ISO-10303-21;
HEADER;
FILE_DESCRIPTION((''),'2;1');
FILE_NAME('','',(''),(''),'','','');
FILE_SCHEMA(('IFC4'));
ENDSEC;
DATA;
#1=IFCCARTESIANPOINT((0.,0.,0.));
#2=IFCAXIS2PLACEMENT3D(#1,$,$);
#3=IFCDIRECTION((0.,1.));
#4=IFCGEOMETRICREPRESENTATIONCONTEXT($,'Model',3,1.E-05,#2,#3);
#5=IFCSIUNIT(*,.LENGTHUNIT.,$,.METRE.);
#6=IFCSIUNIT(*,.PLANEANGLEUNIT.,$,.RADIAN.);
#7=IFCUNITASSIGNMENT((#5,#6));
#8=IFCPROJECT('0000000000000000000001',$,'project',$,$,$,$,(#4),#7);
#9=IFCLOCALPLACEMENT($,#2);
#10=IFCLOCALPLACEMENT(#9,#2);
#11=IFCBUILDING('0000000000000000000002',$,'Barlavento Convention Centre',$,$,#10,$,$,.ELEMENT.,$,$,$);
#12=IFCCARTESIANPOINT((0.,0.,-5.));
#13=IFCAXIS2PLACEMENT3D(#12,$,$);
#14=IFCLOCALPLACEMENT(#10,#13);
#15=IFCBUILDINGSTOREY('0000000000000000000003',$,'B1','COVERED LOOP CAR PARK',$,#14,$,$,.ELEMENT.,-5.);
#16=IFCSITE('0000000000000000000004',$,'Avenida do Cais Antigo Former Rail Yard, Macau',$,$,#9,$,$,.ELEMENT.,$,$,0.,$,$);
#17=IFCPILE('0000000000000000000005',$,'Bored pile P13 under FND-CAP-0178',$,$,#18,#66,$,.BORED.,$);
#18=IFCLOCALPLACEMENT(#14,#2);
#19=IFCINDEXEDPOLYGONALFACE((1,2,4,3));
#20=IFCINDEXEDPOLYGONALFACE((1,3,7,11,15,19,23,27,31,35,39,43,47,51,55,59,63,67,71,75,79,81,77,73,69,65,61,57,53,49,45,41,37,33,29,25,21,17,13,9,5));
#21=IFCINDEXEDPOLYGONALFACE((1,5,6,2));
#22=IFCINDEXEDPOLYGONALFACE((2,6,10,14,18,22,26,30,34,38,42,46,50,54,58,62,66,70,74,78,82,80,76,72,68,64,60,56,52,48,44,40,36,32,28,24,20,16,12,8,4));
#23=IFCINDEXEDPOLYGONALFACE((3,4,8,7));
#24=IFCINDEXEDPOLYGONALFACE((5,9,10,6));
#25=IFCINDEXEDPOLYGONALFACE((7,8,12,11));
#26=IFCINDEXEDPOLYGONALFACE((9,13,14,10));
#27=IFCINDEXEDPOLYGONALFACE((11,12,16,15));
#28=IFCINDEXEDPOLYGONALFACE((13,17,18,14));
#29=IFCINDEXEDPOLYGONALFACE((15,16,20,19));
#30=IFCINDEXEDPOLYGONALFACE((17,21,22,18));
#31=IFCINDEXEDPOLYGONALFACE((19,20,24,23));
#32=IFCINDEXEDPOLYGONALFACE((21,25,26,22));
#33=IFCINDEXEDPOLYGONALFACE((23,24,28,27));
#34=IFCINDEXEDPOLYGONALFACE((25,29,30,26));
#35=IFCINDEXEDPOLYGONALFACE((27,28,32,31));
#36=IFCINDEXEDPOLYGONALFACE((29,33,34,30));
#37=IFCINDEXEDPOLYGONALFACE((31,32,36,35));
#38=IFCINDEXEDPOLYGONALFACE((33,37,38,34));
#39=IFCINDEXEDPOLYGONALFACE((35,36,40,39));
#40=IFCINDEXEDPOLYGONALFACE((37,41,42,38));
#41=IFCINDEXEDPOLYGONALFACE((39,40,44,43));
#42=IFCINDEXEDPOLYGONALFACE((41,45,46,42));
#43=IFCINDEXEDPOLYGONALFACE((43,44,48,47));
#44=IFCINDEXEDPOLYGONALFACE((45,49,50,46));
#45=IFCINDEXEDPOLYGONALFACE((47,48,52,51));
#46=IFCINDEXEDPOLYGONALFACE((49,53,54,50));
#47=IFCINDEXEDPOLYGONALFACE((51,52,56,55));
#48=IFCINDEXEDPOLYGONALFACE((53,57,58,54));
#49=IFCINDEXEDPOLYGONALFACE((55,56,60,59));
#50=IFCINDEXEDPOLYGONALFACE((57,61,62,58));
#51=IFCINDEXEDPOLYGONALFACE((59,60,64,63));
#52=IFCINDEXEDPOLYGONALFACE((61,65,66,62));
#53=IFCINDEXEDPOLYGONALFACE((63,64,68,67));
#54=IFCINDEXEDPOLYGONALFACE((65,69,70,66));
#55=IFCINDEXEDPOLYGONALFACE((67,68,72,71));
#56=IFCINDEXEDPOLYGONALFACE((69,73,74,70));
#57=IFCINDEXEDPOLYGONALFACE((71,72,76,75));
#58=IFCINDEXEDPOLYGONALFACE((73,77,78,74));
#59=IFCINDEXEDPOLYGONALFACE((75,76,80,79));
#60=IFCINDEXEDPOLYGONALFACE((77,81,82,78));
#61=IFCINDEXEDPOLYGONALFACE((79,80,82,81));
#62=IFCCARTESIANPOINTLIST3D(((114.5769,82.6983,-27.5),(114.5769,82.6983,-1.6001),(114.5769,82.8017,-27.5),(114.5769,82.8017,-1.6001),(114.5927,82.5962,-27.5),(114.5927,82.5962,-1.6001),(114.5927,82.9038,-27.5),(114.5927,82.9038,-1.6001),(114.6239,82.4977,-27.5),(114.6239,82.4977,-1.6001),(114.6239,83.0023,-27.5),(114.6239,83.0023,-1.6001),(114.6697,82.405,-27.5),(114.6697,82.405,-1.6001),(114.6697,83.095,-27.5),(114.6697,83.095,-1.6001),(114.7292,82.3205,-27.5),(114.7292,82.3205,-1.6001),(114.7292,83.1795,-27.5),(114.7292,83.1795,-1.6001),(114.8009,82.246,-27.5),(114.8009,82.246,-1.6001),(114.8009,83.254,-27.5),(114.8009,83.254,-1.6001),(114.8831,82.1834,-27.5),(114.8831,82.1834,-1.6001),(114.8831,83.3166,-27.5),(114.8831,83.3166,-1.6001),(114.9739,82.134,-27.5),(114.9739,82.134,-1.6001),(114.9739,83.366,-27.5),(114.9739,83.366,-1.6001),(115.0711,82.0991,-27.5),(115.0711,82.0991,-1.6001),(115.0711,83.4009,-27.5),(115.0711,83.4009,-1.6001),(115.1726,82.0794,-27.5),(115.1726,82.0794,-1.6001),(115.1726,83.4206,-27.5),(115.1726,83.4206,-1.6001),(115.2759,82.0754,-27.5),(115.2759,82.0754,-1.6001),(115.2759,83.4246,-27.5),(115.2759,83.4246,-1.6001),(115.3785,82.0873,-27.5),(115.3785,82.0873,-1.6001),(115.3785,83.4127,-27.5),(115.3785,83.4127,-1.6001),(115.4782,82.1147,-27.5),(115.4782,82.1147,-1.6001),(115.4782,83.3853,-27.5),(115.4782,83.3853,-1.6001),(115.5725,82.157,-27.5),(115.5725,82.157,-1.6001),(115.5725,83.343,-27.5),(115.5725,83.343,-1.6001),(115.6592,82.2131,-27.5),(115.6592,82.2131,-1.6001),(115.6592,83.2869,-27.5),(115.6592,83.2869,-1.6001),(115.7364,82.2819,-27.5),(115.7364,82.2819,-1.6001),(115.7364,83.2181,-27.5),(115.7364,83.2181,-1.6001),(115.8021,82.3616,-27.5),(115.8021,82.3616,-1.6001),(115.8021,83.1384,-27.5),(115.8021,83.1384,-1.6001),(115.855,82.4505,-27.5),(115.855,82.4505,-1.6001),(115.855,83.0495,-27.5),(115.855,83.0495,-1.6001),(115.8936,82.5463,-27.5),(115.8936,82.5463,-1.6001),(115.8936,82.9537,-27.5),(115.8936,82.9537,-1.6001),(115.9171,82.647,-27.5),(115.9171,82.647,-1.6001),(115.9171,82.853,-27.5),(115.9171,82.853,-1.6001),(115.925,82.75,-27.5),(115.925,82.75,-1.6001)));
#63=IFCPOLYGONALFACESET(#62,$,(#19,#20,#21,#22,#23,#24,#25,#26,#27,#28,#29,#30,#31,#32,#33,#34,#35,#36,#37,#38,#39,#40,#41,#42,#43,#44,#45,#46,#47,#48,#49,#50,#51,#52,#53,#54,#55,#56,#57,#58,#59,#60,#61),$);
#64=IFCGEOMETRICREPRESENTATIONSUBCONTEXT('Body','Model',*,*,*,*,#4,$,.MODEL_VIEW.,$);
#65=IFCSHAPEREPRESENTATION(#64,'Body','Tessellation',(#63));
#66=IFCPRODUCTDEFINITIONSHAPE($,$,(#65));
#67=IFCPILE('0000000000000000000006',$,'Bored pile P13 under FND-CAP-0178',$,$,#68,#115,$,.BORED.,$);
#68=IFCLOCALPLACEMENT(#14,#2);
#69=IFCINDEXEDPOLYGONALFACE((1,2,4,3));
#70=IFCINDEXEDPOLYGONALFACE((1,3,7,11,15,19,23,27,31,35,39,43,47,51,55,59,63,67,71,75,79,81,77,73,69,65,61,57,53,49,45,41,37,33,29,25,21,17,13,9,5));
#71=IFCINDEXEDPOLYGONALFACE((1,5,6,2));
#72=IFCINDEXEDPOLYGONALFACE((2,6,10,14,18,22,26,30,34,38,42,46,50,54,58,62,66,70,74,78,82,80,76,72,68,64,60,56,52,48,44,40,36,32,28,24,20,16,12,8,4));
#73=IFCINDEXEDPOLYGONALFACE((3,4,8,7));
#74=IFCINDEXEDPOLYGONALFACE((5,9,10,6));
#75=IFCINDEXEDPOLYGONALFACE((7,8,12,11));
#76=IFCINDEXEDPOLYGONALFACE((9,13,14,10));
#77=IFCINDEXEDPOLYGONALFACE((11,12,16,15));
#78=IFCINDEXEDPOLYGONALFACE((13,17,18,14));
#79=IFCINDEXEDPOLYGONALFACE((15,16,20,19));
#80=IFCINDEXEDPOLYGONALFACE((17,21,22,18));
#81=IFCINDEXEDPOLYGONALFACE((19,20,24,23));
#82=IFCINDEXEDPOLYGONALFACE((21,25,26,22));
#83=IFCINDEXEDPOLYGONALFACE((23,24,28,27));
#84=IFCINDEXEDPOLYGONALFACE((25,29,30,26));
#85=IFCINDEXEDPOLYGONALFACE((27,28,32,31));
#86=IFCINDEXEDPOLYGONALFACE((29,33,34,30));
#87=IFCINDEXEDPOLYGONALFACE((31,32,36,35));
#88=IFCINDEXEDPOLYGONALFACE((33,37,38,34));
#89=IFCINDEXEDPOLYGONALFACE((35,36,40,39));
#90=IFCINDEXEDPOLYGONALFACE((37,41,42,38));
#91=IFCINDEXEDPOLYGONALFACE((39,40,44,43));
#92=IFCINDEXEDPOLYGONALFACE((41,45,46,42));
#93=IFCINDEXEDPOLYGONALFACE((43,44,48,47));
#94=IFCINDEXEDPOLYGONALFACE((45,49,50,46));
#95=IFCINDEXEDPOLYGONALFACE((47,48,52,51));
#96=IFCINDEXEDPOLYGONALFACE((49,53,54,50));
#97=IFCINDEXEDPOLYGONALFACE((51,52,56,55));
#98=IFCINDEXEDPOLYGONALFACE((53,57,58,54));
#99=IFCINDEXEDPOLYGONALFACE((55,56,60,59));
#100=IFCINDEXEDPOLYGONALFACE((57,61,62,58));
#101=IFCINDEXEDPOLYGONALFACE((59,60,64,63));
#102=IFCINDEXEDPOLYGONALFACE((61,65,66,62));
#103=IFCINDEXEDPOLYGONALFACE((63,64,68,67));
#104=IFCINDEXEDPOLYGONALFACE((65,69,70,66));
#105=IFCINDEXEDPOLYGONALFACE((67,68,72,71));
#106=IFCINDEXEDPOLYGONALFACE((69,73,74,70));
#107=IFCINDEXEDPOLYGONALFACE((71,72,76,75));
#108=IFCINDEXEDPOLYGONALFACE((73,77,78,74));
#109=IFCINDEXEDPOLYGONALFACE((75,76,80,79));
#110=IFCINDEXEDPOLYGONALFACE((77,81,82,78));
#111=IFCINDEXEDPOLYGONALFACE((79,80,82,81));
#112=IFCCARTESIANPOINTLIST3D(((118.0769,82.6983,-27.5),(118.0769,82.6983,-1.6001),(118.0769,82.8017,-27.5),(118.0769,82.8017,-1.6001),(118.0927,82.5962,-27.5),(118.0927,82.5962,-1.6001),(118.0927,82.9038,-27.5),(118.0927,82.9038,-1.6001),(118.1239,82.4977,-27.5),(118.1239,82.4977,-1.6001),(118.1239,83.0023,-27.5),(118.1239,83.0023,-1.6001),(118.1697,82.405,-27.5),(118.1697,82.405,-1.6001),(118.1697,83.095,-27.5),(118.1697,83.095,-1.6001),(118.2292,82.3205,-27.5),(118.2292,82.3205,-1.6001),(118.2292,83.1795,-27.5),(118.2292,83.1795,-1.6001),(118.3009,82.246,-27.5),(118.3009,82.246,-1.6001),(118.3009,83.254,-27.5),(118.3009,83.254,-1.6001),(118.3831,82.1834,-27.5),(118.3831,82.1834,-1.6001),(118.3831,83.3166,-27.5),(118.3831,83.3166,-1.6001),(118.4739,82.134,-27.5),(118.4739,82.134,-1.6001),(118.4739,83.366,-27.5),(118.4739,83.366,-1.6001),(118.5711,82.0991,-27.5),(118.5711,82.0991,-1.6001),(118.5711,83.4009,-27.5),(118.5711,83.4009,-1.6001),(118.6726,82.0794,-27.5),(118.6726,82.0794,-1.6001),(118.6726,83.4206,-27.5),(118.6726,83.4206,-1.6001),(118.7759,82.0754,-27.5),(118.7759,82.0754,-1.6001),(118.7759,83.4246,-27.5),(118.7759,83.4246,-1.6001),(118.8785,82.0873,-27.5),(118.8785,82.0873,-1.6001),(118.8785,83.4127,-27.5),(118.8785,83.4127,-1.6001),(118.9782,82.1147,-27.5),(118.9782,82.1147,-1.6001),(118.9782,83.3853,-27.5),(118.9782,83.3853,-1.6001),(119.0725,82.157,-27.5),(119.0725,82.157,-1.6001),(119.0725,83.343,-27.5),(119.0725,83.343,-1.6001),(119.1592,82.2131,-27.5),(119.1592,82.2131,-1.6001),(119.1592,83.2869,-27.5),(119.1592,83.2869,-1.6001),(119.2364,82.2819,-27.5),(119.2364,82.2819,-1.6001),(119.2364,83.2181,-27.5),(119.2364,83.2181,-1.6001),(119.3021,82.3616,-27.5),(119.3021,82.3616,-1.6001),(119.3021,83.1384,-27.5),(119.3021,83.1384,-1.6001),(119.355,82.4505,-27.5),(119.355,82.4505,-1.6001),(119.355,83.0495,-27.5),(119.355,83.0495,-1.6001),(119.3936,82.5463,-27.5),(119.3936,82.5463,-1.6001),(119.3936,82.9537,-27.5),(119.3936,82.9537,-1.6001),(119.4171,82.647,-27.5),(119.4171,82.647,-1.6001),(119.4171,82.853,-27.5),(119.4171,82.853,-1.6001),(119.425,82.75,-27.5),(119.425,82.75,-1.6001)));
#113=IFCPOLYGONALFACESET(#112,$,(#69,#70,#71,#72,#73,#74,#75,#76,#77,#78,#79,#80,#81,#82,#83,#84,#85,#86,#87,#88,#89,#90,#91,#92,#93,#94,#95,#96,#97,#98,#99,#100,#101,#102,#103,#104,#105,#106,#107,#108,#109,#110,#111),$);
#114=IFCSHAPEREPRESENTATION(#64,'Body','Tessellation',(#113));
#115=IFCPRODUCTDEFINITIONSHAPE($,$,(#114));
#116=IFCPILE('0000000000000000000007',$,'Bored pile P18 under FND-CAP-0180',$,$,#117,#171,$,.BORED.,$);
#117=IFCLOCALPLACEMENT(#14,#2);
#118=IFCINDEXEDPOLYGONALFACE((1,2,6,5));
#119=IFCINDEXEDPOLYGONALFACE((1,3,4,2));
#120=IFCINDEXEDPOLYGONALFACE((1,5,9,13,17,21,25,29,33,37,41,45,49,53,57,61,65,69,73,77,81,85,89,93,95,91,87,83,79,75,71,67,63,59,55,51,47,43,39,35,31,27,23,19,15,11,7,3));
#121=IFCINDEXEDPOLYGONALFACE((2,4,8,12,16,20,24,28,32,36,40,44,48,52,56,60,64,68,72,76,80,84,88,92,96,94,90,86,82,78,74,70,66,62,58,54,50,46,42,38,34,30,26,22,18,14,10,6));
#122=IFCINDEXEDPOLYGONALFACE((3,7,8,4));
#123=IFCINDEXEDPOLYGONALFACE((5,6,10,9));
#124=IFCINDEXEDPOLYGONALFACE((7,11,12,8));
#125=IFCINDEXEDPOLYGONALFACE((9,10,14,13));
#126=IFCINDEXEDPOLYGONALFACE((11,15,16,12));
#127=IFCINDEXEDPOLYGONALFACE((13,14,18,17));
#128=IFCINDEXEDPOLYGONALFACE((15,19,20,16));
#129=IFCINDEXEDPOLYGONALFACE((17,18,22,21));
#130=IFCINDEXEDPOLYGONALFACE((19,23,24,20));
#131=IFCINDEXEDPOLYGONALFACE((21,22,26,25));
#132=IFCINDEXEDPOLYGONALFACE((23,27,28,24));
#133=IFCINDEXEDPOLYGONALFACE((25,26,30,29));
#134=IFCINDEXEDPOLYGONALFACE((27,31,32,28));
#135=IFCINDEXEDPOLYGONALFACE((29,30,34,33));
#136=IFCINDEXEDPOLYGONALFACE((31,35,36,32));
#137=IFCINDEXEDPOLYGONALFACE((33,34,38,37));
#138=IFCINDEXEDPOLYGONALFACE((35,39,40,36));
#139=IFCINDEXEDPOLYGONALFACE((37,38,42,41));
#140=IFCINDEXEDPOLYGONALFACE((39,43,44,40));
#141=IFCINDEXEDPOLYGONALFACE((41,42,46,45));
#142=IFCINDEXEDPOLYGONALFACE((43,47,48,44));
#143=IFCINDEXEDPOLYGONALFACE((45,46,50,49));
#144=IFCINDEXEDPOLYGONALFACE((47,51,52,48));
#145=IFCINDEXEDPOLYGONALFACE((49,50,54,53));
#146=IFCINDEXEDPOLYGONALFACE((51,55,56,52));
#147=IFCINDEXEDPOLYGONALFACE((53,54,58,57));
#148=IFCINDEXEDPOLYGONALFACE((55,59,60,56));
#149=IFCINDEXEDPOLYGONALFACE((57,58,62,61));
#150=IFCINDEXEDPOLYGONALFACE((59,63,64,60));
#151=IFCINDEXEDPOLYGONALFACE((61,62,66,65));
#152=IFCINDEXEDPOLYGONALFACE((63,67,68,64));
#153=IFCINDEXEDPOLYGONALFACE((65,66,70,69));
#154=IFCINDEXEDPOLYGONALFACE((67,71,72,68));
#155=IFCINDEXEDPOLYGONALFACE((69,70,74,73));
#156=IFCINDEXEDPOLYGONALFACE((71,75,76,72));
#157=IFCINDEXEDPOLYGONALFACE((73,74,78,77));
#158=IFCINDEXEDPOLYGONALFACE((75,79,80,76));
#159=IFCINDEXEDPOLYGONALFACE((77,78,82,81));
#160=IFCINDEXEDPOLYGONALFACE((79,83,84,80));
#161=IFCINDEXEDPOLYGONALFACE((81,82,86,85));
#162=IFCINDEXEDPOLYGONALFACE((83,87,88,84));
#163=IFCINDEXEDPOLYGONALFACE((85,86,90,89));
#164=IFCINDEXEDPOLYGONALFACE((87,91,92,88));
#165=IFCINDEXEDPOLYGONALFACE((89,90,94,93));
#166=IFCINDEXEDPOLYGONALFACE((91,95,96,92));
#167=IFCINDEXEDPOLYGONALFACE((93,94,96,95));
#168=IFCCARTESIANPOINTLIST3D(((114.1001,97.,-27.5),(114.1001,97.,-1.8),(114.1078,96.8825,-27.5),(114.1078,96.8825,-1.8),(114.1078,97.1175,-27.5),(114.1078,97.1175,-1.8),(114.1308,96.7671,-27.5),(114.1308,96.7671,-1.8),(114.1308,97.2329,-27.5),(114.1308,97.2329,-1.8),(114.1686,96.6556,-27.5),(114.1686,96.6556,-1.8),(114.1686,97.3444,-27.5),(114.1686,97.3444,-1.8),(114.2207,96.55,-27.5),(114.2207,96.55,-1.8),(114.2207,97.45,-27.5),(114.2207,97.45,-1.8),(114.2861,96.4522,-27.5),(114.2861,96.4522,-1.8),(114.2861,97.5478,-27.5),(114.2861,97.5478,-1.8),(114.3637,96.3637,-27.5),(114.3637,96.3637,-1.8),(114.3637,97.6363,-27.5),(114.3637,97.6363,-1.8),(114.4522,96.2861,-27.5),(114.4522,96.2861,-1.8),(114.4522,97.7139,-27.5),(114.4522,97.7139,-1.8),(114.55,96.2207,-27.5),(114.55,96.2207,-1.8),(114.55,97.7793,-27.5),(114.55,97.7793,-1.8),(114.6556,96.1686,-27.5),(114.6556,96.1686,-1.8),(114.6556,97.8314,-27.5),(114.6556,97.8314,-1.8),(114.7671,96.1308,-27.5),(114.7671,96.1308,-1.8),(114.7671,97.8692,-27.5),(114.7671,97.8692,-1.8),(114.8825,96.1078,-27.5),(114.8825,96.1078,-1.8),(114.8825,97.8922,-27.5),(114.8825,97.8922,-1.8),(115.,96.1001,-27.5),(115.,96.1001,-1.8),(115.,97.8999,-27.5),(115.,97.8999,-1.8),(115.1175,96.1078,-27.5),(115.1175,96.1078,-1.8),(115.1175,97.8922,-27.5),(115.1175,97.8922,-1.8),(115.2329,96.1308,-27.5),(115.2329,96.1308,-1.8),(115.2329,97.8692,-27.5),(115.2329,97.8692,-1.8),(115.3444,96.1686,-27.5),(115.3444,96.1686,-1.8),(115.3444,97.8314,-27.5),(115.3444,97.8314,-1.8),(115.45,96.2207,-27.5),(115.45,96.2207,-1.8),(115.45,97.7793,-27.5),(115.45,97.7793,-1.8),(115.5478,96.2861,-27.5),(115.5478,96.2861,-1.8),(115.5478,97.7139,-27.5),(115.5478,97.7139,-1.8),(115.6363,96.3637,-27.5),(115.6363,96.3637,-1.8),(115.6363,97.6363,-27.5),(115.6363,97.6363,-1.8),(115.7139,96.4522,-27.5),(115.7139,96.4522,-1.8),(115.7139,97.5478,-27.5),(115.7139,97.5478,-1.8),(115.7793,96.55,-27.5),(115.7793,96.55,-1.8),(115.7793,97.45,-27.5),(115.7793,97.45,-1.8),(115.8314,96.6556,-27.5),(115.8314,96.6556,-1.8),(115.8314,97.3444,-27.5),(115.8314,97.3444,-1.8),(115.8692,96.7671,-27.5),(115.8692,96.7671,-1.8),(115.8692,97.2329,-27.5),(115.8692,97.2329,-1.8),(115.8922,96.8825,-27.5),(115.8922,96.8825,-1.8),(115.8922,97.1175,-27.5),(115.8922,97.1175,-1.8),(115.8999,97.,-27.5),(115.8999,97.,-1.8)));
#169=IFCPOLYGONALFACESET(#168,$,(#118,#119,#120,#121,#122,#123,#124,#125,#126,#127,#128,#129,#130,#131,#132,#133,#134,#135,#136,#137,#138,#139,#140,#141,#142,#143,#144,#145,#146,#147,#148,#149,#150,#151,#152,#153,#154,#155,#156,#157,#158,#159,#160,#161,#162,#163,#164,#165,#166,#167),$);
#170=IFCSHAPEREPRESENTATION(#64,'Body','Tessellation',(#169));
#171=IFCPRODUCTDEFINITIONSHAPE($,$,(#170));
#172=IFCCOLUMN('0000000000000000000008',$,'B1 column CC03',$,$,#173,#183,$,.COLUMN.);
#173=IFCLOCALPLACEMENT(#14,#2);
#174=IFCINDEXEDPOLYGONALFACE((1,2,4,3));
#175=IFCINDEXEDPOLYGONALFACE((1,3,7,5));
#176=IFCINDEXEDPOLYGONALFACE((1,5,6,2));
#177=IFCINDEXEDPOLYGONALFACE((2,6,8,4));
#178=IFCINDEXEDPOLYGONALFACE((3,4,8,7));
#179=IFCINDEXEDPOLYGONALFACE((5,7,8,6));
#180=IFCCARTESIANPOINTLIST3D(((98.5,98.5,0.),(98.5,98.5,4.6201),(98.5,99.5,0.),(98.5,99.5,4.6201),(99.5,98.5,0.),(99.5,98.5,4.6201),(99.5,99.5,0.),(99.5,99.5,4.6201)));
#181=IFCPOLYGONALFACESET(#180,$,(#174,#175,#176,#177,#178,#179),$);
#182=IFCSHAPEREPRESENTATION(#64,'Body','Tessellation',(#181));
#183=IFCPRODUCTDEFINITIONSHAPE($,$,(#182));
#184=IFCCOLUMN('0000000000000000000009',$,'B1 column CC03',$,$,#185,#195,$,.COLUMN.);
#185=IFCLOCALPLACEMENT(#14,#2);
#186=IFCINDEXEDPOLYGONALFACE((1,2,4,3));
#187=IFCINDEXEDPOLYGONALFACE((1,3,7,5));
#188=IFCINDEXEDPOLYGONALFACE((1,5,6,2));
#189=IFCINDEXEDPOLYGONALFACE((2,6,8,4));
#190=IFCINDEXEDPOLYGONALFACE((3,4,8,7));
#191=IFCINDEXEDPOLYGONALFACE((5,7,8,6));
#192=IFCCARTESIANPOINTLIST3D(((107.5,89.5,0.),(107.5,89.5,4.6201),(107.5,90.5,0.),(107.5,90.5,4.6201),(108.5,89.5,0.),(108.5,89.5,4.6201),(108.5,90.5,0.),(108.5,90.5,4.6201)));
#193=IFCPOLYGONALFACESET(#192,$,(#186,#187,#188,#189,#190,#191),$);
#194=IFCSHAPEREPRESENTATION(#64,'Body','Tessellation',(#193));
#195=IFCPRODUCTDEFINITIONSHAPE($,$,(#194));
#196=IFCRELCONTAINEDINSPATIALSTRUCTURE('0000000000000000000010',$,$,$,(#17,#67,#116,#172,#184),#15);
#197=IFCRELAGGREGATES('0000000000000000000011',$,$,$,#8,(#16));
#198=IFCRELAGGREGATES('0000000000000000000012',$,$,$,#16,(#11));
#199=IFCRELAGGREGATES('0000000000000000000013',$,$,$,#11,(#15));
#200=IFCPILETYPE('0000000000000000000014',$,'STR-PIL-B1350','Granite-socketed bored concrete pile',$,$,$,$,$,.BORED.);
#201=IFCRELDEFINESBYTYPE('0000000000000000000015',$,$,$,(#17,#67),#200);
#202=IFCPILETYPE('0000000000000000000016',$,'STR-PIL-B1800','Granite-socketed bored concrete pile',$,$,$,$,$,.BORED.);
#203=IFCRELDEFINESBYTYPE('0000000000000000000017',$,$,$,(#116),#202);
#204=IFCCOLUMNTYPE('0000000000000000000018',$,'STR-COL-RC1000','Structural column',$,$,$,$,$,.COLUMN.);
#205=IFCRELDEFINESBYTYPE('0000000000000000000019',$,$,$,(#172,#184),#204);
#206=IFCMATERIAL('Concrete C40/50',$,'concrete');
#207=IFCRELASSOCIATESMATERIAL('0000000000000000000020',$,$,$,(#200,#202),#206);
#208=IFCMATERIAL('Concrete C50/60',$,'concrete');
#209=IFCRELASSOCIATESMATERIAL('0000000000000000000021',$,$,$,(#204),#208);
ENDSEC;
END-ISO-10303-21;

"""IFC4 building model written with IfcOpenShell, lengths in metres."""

from ifc_helpers import new_model, si_unit, direction, frame, origin, origin_2d, place, context, subcontext, project, spatial, rectangle, circle, extrude, material, material_profile, profile_set, type_object, element, save


model = new_model("IFC4")

# Units and contexts
model_context = context("Model", 3, precision=1e-05, world=origin(), true_north=direction((0.0, 1.0)))
body_context = subcontext(model_context, "Body", "Model", "MODEL_VIEW")
ifc_project = project(units=[si_unit("LENGTHUNIT", "METRE"), si_unit("PLANEANGLEUNIT", "RADIAN")], contexts=[model_context])

# Site, building, storey
site_placement = place(None, origin())
site = spatial("IfcSite", under=ifc_project, at=site_placement, Name="Avenida do Cais Antigo Former Rail Yard, Macau", CompositionType="ELEMENT", RefElevation=0.0)
building_placement = place(site_placement, origin())
building = spatial("IfcBuilding", under=site, at=building_placement, Name="Barlavento Convention Centre", CompositionType="ELEMENT")
storey_placement = place(building_placement, frame((0.0, 0.0, -5.0)))
storey = spatial("IfcBuildingStorey", under=building, at=storey_placement, Name="B1", Description="COVERED LOOP CAR PARK", CompositionType="ELEMENT", Elevation=-5.0)

# Shared definitions
ifc_material_1 = material(Name="Concrete C40/50", Category="concrete")

# Piles
ifc_material_profile_1 = material_profile(ifc_material_1, circle(Radius=0.675, at=origin_2d()), Name="BORED PILE 1350")
ifc_profile_set_1 = profile_set([ifc_material_profile_1], Name="Concrete C40/50")
pile_type_1 = type_object("IfcPileType", Name="STR-PIL-B1350", Description="Granite-socketed bored concrete pile", PredefinedType="BORED", material=ifc_profile_set_1)
for number, where, z_axis, x_axis, name in (
    (1, (115.25, 82.75, -1.6001), (0.0, 0.0, -1.0), (1.0, 0.0, 0.0), "Bored pile P13 under FND-CAP-0178"),
    (2, (118.75, 82.75, -1.6001), (0.0, 0.0, -1.0), (1.0, 0.0, 0.0), "Bored pile P13 under FND-CAP-0178"),
):
    element("IfcPile", number, at=place(storey_placement, frame(where, z_axis=z_axis, x_axis=x_axis)), inside=storey, type_object=pile_type_1, Name=name, PredefinedType="BORED", context=body_context, shape_type="SweptSolid", body=[
        extrude(circle(Radius=0.675, at=origin_2d()), origin(), (0.0, 0.0, 1.0), 25.8999),
    ])
ifc_material_profile_2 = material_profile(ifc_material_1, circle(Radius=0.8999, at=origin_2d()), Name="BORED PILE 1800")
ifc_profile_set_2 = profile_set([ifc_material_profile_2], Name="Concrete C40/50")
pile_type_2 = type_object("IfcPileType", Name="STR-PIL-B1800", Description="Granite-socketed bored concrete pile", PredefinedType="BORED", material=ifc_profile_set_2)
pile_1_placement = place(storey_placement, frame((115.0, 97.0, -1.8), z_axis=(0.0, 0.0, -1.0), x_axis=(1.0, 0.0, 0.0)))
element("IfcPile", 3, at=pile_1_placement, inside=storey, type_object=pile_type_2, Name="Bored pile P18 under FND-CAP-0180", PredefinedType="BORED", context=body_context, shape_type="SweptSolid", body=[
    extrude(circle(Radius=0.8999, at=origin_2d()), origin(), (0.0, 0.0, 1.0), 25.7),
])

# Columns
ifc_material_2 = material(Name="Concrete C50/60", Category="concrete")
ifc_material_profile_3 = material_profile(ifc_material_2, rectangle(XDim=1.0, YDim=1.0, at=origin_2d()), Name="RC 1000x1000")
ifc_profile_set_3 = profile_set([ifc_material_profile_3], Name="Concrete C50/60")
column_type_1 = type_object("IfcColumnType", Name="STR-COL-RC1000", Description="Structural column", PredefinedType="COLUMN", material=ifc_profile_set_3)
for number, where, z_axis, x_axis, name in (
    (4, (99.0, 99.0, 0.0), (0.0, 0.0, 1.0), (1.0, 0.0, 0.0), "B1 column CC03"),
    (5, (108.0, 90.0, 0.0), (0.0, 0.0, 1.0), (1.0, 0.0, 0.0), "B1 column CC03"),
):
    element("IfcColumn", number, at=place(storey_placement, frame(where, z_axis=z_axis, x_axis=x_axis)), inside=storey, type_object=column_type_1, Name=name, PredefinedType="COLUMN", context=body_context, shape_type="SweptSolid", body=[
        extrude(rectangle(XDim=1.0, YDim=1.0, at=origin_2d()), origin(), (0.0, 0.0, 1.0), 4.6201),
    ])

save(model, "model.ifc")
